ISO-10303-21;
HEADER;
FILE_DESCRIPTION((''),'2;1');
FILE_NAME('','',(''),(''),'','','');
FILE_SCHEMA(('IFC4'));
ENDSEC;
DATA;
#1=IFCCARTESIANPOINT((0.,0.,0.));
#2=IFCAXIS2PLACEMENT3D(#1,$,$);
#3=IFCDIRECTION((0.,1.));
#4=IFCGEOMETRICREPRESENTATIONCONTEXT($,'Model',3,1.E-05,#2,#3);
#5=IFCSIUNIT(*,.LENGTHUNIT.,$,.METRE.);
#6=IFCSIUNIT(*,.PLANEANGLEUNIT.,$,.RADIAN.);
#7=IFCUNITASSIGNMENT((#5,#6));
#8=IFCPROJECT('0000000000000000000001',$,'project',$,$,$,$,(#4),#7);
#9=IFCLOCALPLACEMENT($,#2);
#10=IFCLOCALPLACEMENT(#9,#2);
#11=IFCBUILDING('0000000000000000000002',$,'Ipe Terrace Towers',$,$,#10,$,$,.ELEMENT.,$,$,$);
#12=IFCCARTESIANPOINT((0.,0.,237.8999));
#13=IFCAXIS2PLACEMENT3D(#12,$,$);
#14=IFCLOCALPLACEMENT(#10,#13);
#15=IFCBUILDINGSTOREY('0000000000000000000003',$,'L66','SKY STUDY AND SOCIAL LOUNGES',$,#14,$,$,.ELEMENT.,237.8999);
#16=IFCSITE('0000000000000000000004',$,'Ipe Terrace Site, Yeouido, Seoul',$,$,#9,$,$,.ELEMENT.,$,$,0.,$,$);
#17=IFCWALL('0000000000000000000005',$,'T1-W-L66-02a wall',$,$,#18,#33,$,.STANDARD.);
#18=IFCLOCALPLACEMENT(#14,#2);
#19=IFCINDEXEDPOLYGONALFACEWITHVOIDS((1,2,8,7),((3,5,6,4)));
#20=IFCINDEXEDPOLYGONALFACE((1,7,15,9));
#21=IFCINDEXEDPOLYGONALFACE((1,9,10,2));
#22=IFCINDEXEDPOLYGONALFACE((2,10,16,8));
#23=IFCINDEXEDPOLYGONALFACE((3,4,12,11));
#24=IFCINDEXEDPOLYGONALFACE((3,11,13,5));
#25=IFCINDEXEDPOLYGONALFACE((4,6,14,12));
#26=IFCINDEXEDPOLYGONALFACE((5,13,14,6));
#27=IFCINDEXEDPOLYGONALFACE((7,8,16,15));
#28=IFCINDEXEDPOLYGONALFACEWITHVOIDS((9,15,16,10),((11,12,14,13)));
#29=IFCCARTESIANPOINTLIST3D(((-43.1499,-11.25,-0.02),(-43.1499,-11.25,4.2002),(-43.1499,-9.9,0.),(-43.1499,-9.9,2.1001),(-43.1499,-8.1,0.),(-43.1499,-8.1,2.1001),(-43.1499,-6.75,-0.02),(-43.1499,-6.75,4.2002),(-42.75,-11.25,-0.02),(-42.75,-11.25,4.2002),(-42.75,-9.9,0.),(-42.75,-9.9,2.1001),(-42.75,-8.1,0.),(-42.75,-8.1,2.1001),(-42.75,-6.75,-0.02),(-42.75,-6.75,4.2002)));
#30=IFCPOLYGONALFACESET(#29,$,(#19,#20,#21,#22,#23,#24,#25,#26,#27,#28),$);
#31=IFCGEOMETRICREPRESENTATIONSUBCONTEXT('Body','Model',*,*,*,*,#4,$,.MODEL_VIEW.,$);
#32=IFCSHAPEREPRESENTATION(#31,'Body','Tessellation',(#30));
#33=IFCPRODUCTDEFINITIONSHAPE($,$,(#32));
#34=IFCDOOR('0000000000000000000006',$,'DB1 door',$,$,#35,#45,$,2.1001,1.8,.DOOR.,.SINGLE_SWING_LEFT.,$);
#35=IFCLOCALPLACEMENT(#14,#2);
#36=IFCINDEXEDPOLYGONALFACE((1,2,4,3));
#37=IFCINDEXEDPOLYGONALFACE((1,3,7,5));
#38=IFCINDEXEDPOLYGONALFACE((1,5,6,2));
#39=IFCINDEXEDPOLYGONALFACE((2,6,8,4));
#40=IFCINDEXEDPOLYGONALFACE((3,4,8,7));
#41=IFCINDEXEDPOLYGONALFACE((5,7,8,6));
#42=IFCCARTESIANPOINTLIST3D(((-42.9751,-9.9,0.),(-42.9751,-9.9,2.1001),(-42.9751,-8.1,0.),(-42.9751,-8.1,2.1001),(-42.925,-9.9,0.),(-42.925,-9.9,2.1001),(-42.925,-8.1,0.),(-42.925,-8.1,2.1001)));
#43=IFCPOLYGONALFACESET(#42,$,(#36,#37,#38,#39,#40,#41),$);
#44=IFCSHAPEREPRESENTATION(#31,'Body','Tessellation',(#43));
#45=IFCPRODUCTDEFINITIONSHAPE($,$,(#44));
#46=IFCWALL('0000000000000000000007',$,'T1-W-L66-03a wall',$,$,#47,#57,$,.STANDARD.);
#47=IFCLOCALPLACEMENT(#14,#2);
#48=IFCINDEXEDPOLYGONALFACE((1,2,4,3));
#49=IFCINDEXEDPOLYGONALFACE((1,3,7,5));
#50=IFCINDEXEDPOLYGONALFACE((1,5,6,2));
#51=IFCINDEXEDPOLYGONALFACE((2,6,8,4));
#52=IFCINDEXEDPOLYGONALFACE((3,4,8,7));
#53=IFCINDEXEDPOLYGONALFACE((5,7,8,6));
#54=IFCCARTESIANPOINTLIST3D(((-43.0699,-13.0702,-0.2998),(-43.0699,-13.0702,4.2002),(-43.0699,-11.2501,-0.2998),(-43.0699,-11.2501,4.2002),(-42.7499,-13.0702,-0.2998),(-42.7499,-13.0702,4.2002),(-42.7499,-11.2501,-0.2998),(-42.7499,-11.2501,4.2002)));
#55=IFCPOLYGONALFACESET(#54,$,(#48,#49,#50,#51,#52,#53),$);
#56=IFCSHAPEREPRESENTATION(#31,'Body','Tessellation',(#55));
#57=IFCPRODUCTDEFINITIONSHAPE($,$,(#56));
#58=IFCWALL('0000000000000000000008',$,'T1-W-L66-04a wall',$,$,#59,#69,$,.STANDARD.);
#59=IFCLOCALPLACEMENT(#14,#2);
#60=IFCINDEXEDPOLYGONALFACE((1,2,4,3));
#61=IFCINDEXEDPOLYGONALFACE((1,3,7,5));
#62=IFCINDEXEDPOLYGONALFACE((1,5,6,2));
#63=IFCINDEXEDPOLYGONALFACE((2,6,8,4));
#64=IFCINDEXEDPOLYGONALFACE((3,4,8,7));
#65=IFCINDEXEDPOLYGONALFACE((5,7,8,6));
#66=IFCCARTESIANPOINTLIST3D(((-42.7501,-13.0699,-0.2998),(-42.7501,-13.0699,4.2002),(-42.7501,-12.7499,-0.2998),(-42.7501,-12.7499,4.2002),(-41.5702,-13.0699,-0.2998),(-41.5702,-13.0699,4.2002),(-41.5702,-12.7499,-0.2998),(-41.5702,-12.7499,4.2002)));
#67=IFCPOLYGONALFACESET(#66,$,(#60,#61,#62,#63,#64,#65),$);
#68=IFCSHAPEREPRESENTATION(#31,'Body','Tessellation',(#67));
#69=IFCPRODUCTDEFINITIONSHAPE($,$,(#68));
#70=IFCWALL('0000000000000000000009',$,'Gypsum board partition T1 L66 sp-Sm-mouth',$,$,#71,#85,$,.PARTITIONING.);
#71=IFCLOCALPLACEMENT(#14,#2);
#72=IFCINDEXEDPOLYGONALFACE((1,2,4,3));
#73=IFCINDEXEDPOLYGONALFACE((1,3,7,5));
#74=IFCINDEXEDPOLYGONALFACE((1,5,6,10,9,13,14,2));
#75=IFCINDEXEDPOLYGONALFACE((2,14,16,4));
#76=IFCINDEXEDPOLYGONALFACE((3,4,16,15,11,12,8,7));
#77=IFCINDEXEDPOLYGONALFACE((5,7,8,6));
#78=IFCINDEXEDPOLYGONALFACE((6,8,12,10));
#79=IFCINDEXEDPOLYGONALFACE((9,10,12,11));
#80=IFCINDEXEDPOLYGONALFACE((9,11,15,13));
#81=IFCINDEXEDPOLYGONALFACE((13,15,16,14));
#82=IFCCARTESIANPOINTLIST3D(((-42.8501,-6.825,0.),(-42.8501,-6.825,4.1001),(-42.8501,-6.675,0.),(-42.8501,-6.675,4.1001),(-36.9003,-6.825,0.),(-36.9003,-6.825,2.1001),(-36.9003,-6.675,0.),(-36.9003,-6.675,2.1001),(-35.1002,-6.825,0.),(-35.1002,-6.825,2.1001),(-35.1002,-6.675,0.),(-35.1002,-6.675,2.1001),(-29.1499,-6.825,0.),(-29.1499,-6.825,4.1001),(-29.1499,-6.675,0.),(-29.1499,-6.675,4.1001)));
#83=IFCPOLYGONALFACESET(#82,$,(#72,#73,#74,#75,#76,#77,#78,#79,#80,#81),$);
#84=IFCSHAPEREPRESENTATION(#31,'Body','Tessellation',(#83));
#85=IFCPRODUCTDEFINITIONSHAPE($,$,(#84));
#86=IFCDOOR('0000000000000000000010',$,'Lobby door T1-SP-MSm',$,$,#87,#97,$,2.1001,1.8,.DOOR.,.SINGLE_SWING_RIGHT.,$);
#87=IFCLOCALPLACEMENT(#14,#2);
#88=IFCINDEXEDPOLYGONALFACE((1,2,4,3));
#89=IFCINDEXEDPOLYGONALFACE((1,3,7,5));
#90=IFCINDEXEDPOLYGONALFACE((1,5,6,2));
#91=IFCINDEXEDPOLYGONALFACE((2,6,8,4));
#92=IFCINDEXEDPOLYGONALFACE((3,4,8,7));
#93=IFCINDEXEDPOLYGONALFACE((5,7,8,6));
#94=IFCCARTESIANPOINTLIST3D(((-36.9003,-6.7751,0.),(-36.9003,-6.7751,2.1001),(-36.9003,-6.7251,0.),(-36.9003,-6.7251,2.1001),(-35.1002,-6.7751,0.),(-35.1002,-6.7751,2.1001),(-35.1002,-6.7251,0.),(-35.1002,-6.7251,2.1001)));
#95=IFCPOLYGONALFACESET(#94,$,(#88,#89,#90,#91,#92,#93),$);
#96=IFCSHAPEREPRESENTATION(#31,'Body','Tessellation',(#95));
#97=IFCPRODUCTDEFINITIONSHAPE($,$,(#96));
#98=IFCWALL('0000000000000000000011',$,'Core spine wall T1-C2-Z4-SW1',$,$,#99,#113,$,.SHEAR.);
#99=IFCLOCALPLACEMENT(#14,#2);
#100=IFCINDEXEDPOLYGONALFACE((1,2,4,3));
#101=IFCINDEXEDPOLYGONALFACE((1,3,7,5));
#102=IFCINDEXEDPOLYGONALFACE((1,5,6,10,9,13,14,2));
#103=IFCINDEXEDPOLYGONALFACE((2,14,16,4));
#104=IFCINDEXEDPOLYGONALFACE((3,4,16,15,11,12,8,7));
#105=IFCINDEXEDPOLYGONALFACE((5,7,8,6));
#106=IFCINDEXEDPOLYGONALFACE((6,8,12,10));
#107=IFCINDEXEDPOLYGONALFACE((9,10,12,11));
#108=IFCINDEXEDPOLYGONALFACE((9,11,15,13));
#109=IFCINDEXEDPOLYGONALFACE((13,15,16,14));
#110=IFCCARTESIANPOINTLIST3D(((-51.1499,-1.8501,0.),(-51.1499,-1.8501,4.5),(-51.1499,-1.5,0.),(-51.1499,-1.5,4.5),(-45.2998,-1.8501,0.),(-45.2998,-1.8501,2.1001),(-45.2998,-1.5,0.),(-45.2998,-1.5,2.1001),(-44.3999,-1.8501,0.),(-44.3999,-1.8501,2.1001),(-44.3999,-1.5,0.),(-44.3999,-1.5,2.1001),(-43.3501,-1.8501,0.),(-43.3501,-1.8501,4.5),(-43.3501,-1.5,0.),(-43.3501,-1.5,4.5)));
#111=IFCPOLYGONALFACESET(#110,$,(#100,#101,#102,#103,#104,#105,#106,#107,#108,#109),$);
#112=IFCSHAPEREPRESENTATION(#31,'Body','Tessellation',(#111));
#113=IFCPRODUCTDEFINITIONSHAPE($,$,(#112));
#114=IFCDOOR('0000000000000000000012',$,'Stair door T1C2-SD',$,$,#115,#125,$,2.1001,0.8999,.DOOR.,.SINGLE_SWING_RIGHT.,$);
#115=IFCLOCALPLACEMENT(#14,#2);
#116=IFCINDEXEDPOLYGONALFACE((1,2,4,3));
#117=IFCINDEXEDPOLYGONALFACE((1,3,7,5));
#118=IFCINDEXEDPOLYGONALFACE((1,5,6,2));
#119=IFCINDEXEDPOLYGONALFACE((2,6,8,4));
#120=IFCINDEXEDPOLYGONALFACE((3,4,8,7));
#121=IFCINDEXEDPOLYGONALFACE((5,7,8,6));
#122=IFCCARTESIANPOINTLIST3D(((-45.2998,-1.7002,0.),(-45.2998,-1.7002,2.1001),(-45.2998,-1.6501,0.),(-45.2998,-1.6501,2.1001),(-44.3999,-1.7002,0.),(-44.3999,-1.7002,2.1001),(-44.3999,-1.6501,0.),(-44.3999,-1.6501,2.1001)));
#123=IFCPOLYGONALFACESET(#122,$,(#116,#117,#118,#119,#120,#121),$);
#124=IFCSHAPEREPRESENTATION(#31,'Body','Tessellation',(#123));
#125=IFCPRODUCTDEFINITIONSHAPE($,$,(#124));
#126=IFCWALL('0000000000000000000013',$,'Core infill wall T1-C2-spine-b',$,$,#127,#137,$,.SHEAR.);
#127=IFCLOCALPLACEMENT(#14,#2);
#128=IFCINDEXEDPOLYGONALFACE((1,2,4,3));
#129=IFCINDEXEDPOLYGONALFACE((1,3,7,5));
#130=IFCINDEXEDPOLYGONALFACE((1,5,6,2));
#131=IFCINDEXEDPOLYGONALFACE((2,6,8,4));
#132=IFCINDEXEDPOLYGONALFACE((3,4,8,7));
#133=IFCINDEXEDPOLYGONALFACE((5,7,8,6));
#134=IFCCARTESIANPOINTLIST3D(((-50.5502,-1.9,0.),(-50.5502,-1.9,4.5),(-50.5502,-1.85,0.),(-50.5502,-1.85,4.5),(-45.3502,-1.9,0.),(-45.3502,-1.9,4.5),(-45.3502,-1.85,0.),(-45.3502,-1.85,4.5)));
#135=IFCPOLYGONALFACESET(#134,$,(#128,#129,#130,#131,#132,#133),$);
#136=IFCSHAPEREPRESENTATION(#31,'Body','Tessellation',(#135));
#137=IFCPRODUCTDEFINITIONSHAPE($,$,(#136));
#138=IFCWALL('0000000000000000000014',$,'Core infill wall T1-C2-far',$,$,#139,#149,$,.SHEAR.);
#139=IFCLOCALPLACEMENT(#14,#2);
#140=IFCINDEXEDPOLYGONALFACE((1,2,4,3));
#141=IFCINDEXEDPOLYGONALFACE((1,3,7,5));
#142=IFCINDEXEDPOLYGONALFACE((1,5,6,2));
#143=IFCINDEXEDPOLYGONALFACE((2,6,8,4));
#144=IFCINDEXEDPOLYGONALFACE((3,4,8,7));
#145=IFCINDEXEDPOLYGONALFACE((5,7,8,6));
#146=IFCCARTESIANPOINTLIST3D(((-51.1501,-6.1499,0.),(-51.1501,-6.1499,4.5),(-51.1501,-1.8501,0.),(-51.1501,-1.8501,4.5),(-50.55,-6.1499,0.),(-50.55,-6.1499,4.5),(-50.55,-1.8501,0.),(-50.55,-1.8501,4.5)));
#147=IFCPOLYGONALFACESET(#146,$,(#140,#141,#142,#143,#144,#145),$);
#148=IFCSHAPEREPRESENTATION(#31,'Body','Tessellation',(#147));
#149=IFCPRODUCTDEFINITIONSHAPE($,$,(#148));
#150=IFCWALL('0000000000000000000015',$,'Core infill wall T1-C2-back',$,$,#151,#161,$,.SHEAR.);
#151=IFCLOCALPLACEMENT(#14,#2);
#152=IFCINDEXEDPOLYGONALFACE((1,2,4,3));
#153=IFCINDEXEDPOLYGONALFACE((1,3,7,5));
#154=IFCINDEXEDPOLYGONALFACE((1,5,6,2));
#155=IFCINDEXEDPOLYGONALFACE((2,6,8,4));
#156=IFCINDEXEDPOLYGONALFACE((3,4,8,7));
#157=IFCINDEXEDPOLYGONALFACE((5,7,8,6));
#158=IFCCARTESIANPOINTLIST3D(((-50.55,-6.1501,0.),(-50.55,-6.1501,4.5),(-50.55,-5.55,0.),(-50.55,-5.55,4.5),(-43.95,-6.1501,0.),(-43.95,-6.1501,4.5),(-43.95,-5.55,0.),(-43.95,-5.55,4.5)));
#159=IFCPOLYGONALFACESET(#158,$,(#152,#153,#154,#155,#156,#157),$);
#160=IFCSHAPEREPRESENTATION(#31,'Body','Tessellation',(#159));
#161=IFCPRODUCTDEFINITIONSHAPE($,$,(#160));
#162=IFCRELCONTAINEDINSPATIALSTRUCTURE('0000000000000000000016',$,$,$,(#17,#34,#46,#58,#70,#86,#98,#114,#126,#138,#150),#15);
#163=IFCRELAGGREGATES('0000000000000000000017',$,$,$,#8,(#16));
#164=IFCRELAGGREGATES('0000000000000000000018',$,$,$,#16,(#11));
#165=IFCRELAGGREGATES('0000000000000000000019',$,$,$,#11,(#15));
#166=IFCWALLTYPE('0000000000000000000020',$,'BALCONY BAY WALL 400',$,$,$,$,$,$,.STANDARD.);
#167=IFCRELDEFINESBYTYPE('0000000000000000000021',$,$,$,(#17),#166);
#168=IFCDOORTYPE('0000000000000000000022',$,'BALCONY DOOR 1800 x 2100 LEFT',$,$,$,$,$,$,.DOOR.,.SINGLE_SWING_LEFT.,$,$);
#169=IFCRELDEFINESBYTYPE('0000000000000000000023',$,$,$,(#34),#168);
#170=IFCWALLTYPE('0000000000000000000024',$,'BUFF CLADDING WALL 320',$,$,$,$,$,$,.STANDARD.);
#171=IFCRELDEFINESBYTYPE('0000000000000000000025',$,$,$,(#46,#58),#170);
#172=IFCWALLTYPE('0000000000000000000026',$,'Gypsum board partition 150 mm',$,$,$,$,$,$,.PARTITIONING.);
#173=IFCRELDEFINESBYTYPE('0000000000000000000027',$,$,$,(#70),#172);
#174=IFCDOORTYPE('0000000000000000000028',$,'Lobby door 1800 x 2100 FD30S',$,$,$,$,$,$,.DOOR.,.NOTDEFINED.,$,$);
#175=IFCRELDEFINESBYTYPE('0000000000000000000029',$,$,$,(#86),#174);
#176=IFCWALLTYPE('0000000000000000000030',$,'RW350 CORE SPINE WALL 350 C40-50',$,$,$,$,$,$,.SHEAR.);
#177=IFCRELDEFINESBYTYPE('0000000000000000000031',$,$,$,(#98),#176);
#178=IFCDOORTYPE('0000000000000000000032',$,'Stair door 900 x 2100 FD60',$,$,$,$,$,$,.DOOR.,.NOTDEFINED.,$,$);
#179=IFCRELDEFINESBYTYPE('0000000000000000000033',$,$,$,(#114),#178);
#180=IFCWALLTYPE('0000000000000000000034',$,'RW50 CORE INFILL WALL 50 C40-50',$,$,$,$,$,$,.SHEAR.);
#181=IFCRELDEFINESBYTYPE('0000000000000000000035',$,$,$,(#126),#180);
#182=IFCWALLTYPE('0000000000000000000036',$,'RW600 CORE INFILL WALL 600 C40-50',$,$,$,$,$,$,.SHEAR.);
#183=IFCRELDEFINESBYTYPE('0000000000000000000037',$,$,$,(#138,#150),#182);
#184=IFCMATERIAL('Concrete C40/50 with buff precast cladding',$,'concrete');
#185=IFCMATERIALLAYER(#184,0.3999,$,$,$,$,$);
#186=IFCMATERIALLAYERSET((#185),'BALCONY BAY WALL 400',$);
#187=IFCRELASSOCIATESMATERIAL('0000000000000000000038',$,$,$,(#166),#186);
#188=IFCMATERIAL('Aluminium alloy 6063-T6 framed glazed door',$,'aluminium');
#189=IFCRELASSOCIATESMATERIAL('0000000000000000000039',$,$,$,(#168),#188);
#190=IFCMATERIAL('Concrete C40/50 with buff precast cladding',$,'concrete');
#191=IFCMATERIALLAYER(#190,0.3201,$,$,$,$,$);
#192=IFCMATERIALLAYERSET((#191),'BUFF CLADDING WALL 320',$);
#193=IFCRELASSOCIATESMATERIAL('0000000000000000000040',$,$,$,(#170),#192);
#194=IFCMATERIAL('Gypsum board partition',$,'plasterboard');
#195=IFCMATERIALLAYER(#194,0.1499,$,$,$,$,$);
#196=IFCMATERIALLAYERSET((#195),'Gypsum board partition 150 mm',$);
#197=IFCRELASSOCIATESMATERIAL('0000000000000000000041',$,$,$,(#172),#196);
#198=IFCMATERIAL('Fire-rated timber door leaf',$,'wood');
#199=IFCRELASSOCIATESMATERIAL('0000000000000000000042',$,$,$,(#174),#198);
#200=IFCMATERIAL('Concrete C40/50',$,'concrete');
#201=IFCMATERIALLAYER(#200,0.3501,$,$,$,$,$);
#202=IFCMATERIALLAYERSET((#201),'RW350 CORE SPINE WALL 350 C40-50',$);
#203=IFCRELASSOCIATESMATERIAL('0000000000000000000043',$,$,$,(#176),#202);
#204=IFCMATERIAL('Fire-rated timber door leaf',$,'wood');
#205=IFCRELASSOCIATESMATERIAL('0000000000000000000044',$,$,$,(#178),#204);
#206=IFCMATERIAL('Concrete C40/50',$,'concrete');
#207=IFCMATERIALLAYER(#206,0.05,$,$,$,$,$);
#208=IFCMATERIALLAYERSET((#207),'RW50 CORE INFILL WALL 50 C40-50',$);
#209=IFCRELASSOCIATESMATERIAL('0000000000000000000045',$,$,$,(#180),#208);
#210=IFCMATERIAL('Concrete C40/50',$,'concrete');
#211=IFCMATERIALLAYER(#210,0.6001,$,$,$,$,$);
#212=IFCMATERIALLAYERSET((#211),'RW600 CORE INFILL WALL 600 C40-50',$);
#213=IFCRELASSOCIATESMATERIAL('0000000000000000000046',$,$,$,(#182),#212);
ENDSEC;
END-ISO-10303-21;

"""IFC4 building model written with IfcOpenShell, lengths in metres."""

from ifc_helpers import new_model, si_unit, direction, frame, frame_2d, origin, place, context, subcontext, project, spatial, rectangle, extrude, material, layer, layer_set, type_object, element, fill, save


model = new_model("IFC4")

# Units and contexts
model_context = context("Model", 3, precision=1e-05, world=origin(), true_north=direction((0.0, 1.0)))
body_context = subcontext(model_context, "Body", "Model", "MODEL_VIEW")
ifc_project = project(units=[si_unit("LENGTHUNIT", "METRE"), si_unit("PLANEANGLEUNIT", "RADIAN")], contexts=[model_context])

# Site, building, storey
site_placement = place(None, origin())
site = spatial("IfcSite", under=ifc_project, at=site_placement, Name="Ipe Terrace Site, Yeouido, Seoul", CompositionType="ELEMENT", RefElevation=0.0)
building_placement = place(site_placement, origin())
building = spatial("IfcBuilding", under=site, at=building_placement, Name="Ipe Terrace Towers", CompositionType="ELEMENT")
storey_placement = place(building_placement, frame((0.0, 0.0, 237.8999)))
storey = spatial("IfcBuildingStorey", under=building, at=storey_placement, Name="L66", Description="SKY STUDY AND SOCIAL LOUNGES", CompositionType="ELEMENT", Elevation=237.8999)

# Wall, opening, door
ifc_material_1 = material(Name="Concrete C40/50 with buff precast cladding", Category="concrete")
ifc_layer_1 = layer(ifc_material_1, 0.3999)
ifc_layer_set_1 = layer_set([ifc_layer_1], Name="BALCONY BAY WALL 400")
wall_type_1 = type_object("IfcWallType", Name="BALCONY BAY WALL 400", PredefinedType="STANDARD", material=ifc_layer_set_1)
wall_1_placement = place(storey_placement, frame((-42.95, -6.75, -0.02), z_axis=(0.0, 0.0, 1.0), x_axis=(0.0, -1.0, 0.0)))
wall_1 = element("IfcWall", 1, at=wall_1_placement, inside=storey, type_object=wall_type_1, Name="T1-W-L66-02a wall", PredefinedType="STANDARD", context=body_context, shape_type="SweptSolid", body=[
    extrude(rectangle(XDim=4.5, YDim=0.3999, at=frame_2d((2.25, 0.0))), origin(), (0.0, 0.0, 1.0), 4.2202),
])
opening_1_placement = place(wall_1_placement, frame((1.3501, 0.0, 0.02)))
opening_1 = element("IfcOpeningElement", 2, at=opening_1_placement, cuts=wall_1, PredefinedType="OPENING", context=body_context, shape_type="SweptSolid", body=[
    extrude(rectangle(XDim=1.8, YDim=2.1001, at=frame_2d((0.8999, 1.05))), frame((0.0, 0.21, 0.0), z_axis=(0.0, -1.0, 0.0), x_axis=(1.0, 0.0, 0.0)), (0.0, 0.0, 1.0), 0.4199),
])
ifc_material_2 = material(Name="Aluminium alloy 6063-T6 framed glazed door", Category="aluminium")
door_type_1 = type_object("IfcDoorType", Name="BALCONY DOOR 1800 x 2100 LEFT", OperationType="SINGLE_SWING_LEFT", PredefinedType="DOOR", material=ifc_material_2)
door_1_placement = place(opening_1_placement, origin())
door_1 = element("IfcDoor", 3, at=door_1_placement, inside=storey, type_object=door_type_1, Name="DB1 door", OperationType="SINGLE_SWING_LEFT", OverallHeight=2.1001, OverallWidth=1.8, PredefinedType="DOOR", context=body_context, shape_type="SweptSolid", body=[
    extrude(rectangle(XDim=1.8, YDim=2.1001, at=frame_2d((0.8999, 1.05))), frame((0.0, 0.0249, 0.0), z_axis=(0.0, -1.0, 0.0), x_axis=(1.0, 0.0, 0.0)), (0.0, 0.0, 1.0), 0.05),
])
fill(opening_1, door_1)

# Walls
ifc_material_3 = material(Name="Concrete C40/50 with buff precast cladding", Category="concrete")
ifc_layer_2 = layer(ifc_material_3, 0.3201)
ifc_layer_set_2 = layer_set([ifc_layer_2], Name="BUFF CLADDING WALL 320")
wall_type_2 = type_object("IfcWallType", Name="BUFF CLADDING WALL 320", PredefinedType="STANDARD", material=ifc_layer_set_2)
wall_2_placement = place(storey_placement, frame((-42.9099, -11.25, -0.2998), z_axis=(0.0, 0.0, 1.0), x_axis=(0.0, -1.0, 0.0)))
element("IfcWall", 4, at=wall_2_placement, inside=storey, type_object=wall_type_2, Name="T1-W-L66-03a wall", PredefinedType="STANDARD", context=body_context, shape_type="SweptSolid", body=[
    extrude(rectangle(XDim=1.8201, YDim=0.3201, at=frame_2d((0.9102, 0.0))), origin(), (0.0, 0.0, 1.0), 4.5),
])
wall_3_placement = place(storey_placement, frame((-42.75, -12.9099, -0.2998), z_axis=(0.0, 0.0, 1.0), x_axis=(1.0, 0.0, 0.0)))
element("IfcWall", 5, at=wall_3_placement, inside=storey, type_object=wall_type_2, Name="T1-W-L66-04a wall", PredefinedType="STANDARD", context=body_context, shape_type="SweptSolid", body=[
    extrude(rectangle(XDim=1.1799, YDim=0.3201, at=frame_2d((0.5898, 0.0))), origin(), (0.0, 0.0, 1.0), 4.5),
])

# Walls, openings, doors
ifc_material_4 = material(Name="Gypsum board partition", Category="plasterboard")
ifc_layer_3 = layer(ifc_material_4, 0.1499)
ifc_layer_set_3 = layer_set([ifc_layer_3], Name="Gypsum board partition 150 mm")
wall_type_3 = type_object("IfcWallType", Name="Gypsum board partition 150 mm", PredefinedType="PARTITIONING", material=ifc_layer_set_3)
wall_4_placement = place(storey_placement, frame((-42.8501, -6.75, 0.0), z_axis=(0.0, 0.0, 1.0), x_axis=(1.0, 0.0, 0.0)))
wall_4 = element("IfcWall", 6, at=wall_4_placement, inside=storey, type_object=wall_type_3, Name="Gypsum board partition T1 L66 sp-Sm-mouth", PredefinedType="PARTITIONING", context=body_context, shape_type="SweptSolid", body=[
    extrude(rectangle(XDim=13.7002, YDim=0.1499, at=frame_2d((6.8501, 0.0))), origin(), (0.0, 0.0, 1.0), 4.1001),
])
opening_2_placement = place(wall_4_placement, frame((5.95, 0.0, 0.0)))
opening_2 = element("IfcOpeningElement", 7, at=opening_2_placement, cuts=wall_4, PredefinedType="OPENING", context=body_context, shape_type="SweptSolid", body=[
    extrude(rectangle(XDim=1.8, YDim=2.1001, at=frame_2d((0.8999, 1.05))), frame((0.0, 0.085, 0.0), z_axis=(0.0, -1.0, 0.0), x_axis=(1.0, 0.0, 0.0)), (0.0, 0.0, 1.0), 0.1699),
])
ifc_material_5 = material(Name="Fire-rated timber door leaf", Category="wood")
door_type_2 = type_object("IfcDoorType", Name="Lobby door 1800 x 2100 FD30S", OperationType="NOTDEFINED", PredefinedType="DOOR", material=ifc_material_5)
door_2_placement = place(opening_2_placement, origin())
door_2 = element("IfcDoor", 8, at=door_2_placement, inside=storey, type_object=door_type_2, Name="Lobby door T1-SP-MSm", OperationType="SINGLE_SWING_RIGHT", OverallHeight=2.1001, OverallWidth=1.8, PredefinedType="DOOR", context=body_context, shape_type="SweptSolid", body=[
    extrude(rectangle(XDim=1.8, YDim=2.1001, at=frame_2d((0.8999, 1.05))), frame((0.0, 0.0249, 0.0), z_axis=(0.0, -1.0, 0.0), x_axis=(1.0, 0.0, 0.0)), (0.0, 0.0, 1.0), 0.05),
])
fill(opening_2, door_2)
ifc_material_6 = material(Name="Concrete C40/50", Category="concrete")
ifc_layer_4 = layer(ifc_material_6, 0.3501)
ifc_layer_set_4 = layer_set([ifc_layer_4], Name="RW350 CORE SPINE WALL 350 C40-50")
wall_type_4 = type_object("IfcWallType", Name="RW350 CORE SPINE WALL 350 C40-50", PredefinedType="SHEAR", material=ifc_layer_set_4)
wall_5_placement = place(storey_placement, frame((-51.1499, -1.675, 0.0), z_axis=(0.0, 0.0, 1.0), x_axis=(1.0, 0.0, 0.0)))
wall_5 = element("IfcWall", 9, at=wall_5_placement, inside=storey, type_object=wall_type_4, Name="Core spine wall T1-C2-Z4-SW1", PredefinedType="SHEAR", context=body_context, shape_type="SweptSolid", body=[
    extrude(rectangle(XDim=7.7998, YDim=0.3501, at=frame_2d((3.8999, 0.0))), origin(), (0.0, 0.0, 1.0), 4.5),
])
opening_3_placement = place(wall_5_placement, frame((5.8501, 0.0, 0.0)))
opening_3 = element("IfcOpeningElement", 10, at=opening_3_placement, cuts=wall_5, PredefinedType="OPENING", context=body_context, shape_type="SweptSolid", body=[
    extrude(rectangle(XDim=0.8999, YDim=2.1001, at=frame_2d((0.45, 1.05))), frame((0.0, 0.1851, 0.0), z_axis=(0.0, -1.0, 0.0), x_axis=(1.0, 0.0, 0.0)), (0.0, 0.0, 1.0), 0.3701),
])
ifc_material_7 = material(Name="Fire-rated timber door leaf", Category="wood")
door_type_3 = type_object("IfcDoorType", Name="Stair door 900 x 2100 FD60", OperationType="NOTDEFINED", PredefinedType="DOOR", material=ifc_material_7)
door_3_placement = place(opening_3_placement, origin())
door_3 = element("IfcDoor", 11, at=door_3_placement, inside=storey, type_object=door_type_3, Name="Stair door T1C2-SD", OperationType="SINGLE_SWING_RIGHT", OverallHeight=2.1001, OverallWidth=0.8999, PredefinedType="DOOR", context=body_context, shape_type="SweptSolid", body=[
    extrude(rectangle(XDim=0.8999, YDim=2.1001, at=frame_2d((0.45, 1.05))), frame((0.0, 0.0249, 0.0), z_axis=(0.0, -1.0, 0.0), x_axis=(1.0, 0.0, 0.0)), (0.0, 0.0, 1.0), 0.05),
])
fill(opening_3, door_3)

# Walls
ifc_material_8 = material(Name="Concrete C40/50", Category="concrete")
ifc_layer_5 = layer(ifc_material_8, 0.05)
ifc_layer_set_5 = layer_set([ifc_layer_5], Name="RW50 CORE INFILL WALL 50 C40-50")
wall_type_5 = type_object("IfcWallType", Name="RW50 CORE INFILL WALL 50 C40-50", PredefinedType="SHEAR", material=ifc_layer_set_5)
wall_6_placement = place(storey_placement, frame((-45.3501, -1.875, 0.0), z_axis=(0.0, 0.0, 1.0), x_axis=(-1.0, 0.0, 0.0)))
element("IfcWall", 12, at=wall_6_placement, inside=storey, type_object=wall_type_5, Name="Core infill wall T1-C2-spine-b", PredefinedType="SHEAR", context=body_context, shape_type="SweptSolid", body=[
    extrude(rectangle(XDim=5.2, YDim=0.05, at=frame_2d((2.6001, 0.0))), origin(), (0.0, 0.0, 1.0), 4.5),
])
ifc_material_9 = material(Name="Concrete C40/50", Category="concrete")
ifc_layer_6 = layer(ifc_material_9, 0.6001)
ifc_layer_set_6 = layer_set([ifc_layer_6], Name="RW600 CORE INFILL WALL 600 C40-50")
wall_type_6 = type_object("IfcWallType", Name="RW600 CORE INFILL WALL 600 C40-50", PredefinedType="SHEAR", material=ifc_layer_set_6)
wall_7_placement = place(storey_placement, frame((-50.8501, -1.8501, 0.0), z_axis=(0.0, 0.0, 1.0), x_axis=(0.0, -1.0, 0.0)))
element("IfcWall", 13, at=wall_7_placement, inside=storey, type_object=wall_type_6, Name="Core infill wall T1-C2-far", PredefinedType="SHEAR", context=body_context, shape_type="SweptSolid", body=[
    extrude(rectangle(XDim=4.2998, YDim=0.6001, at=frame_2d((2.1499, 0.0))), origin(), (0.0, 0.0, 1.0), 4.5),
])
wall_8_placement = place(storey_placement, frame((-43.95, -5.8501, 0.0), z_axis=(0.0, 0.0, 1.0), x_axis=(-1.0, 0.0, 0.0)))
element("IfcWall", 14, at=wall_8_placement, inside=storey, type_object=wall_type_6, Name="Core infill wall T1-C2-back", PredefinedType="SHEAR", context=body_context, shape_type="SweptSolid", body=[
    extrude(rectangle(XDim=6.6001, YDim=0.6001, at=frame_2d((3.3, 0.0))), origin(), (0.0, 0.0, 1.0), 4.5),
])

save(model, "model.ifc")
